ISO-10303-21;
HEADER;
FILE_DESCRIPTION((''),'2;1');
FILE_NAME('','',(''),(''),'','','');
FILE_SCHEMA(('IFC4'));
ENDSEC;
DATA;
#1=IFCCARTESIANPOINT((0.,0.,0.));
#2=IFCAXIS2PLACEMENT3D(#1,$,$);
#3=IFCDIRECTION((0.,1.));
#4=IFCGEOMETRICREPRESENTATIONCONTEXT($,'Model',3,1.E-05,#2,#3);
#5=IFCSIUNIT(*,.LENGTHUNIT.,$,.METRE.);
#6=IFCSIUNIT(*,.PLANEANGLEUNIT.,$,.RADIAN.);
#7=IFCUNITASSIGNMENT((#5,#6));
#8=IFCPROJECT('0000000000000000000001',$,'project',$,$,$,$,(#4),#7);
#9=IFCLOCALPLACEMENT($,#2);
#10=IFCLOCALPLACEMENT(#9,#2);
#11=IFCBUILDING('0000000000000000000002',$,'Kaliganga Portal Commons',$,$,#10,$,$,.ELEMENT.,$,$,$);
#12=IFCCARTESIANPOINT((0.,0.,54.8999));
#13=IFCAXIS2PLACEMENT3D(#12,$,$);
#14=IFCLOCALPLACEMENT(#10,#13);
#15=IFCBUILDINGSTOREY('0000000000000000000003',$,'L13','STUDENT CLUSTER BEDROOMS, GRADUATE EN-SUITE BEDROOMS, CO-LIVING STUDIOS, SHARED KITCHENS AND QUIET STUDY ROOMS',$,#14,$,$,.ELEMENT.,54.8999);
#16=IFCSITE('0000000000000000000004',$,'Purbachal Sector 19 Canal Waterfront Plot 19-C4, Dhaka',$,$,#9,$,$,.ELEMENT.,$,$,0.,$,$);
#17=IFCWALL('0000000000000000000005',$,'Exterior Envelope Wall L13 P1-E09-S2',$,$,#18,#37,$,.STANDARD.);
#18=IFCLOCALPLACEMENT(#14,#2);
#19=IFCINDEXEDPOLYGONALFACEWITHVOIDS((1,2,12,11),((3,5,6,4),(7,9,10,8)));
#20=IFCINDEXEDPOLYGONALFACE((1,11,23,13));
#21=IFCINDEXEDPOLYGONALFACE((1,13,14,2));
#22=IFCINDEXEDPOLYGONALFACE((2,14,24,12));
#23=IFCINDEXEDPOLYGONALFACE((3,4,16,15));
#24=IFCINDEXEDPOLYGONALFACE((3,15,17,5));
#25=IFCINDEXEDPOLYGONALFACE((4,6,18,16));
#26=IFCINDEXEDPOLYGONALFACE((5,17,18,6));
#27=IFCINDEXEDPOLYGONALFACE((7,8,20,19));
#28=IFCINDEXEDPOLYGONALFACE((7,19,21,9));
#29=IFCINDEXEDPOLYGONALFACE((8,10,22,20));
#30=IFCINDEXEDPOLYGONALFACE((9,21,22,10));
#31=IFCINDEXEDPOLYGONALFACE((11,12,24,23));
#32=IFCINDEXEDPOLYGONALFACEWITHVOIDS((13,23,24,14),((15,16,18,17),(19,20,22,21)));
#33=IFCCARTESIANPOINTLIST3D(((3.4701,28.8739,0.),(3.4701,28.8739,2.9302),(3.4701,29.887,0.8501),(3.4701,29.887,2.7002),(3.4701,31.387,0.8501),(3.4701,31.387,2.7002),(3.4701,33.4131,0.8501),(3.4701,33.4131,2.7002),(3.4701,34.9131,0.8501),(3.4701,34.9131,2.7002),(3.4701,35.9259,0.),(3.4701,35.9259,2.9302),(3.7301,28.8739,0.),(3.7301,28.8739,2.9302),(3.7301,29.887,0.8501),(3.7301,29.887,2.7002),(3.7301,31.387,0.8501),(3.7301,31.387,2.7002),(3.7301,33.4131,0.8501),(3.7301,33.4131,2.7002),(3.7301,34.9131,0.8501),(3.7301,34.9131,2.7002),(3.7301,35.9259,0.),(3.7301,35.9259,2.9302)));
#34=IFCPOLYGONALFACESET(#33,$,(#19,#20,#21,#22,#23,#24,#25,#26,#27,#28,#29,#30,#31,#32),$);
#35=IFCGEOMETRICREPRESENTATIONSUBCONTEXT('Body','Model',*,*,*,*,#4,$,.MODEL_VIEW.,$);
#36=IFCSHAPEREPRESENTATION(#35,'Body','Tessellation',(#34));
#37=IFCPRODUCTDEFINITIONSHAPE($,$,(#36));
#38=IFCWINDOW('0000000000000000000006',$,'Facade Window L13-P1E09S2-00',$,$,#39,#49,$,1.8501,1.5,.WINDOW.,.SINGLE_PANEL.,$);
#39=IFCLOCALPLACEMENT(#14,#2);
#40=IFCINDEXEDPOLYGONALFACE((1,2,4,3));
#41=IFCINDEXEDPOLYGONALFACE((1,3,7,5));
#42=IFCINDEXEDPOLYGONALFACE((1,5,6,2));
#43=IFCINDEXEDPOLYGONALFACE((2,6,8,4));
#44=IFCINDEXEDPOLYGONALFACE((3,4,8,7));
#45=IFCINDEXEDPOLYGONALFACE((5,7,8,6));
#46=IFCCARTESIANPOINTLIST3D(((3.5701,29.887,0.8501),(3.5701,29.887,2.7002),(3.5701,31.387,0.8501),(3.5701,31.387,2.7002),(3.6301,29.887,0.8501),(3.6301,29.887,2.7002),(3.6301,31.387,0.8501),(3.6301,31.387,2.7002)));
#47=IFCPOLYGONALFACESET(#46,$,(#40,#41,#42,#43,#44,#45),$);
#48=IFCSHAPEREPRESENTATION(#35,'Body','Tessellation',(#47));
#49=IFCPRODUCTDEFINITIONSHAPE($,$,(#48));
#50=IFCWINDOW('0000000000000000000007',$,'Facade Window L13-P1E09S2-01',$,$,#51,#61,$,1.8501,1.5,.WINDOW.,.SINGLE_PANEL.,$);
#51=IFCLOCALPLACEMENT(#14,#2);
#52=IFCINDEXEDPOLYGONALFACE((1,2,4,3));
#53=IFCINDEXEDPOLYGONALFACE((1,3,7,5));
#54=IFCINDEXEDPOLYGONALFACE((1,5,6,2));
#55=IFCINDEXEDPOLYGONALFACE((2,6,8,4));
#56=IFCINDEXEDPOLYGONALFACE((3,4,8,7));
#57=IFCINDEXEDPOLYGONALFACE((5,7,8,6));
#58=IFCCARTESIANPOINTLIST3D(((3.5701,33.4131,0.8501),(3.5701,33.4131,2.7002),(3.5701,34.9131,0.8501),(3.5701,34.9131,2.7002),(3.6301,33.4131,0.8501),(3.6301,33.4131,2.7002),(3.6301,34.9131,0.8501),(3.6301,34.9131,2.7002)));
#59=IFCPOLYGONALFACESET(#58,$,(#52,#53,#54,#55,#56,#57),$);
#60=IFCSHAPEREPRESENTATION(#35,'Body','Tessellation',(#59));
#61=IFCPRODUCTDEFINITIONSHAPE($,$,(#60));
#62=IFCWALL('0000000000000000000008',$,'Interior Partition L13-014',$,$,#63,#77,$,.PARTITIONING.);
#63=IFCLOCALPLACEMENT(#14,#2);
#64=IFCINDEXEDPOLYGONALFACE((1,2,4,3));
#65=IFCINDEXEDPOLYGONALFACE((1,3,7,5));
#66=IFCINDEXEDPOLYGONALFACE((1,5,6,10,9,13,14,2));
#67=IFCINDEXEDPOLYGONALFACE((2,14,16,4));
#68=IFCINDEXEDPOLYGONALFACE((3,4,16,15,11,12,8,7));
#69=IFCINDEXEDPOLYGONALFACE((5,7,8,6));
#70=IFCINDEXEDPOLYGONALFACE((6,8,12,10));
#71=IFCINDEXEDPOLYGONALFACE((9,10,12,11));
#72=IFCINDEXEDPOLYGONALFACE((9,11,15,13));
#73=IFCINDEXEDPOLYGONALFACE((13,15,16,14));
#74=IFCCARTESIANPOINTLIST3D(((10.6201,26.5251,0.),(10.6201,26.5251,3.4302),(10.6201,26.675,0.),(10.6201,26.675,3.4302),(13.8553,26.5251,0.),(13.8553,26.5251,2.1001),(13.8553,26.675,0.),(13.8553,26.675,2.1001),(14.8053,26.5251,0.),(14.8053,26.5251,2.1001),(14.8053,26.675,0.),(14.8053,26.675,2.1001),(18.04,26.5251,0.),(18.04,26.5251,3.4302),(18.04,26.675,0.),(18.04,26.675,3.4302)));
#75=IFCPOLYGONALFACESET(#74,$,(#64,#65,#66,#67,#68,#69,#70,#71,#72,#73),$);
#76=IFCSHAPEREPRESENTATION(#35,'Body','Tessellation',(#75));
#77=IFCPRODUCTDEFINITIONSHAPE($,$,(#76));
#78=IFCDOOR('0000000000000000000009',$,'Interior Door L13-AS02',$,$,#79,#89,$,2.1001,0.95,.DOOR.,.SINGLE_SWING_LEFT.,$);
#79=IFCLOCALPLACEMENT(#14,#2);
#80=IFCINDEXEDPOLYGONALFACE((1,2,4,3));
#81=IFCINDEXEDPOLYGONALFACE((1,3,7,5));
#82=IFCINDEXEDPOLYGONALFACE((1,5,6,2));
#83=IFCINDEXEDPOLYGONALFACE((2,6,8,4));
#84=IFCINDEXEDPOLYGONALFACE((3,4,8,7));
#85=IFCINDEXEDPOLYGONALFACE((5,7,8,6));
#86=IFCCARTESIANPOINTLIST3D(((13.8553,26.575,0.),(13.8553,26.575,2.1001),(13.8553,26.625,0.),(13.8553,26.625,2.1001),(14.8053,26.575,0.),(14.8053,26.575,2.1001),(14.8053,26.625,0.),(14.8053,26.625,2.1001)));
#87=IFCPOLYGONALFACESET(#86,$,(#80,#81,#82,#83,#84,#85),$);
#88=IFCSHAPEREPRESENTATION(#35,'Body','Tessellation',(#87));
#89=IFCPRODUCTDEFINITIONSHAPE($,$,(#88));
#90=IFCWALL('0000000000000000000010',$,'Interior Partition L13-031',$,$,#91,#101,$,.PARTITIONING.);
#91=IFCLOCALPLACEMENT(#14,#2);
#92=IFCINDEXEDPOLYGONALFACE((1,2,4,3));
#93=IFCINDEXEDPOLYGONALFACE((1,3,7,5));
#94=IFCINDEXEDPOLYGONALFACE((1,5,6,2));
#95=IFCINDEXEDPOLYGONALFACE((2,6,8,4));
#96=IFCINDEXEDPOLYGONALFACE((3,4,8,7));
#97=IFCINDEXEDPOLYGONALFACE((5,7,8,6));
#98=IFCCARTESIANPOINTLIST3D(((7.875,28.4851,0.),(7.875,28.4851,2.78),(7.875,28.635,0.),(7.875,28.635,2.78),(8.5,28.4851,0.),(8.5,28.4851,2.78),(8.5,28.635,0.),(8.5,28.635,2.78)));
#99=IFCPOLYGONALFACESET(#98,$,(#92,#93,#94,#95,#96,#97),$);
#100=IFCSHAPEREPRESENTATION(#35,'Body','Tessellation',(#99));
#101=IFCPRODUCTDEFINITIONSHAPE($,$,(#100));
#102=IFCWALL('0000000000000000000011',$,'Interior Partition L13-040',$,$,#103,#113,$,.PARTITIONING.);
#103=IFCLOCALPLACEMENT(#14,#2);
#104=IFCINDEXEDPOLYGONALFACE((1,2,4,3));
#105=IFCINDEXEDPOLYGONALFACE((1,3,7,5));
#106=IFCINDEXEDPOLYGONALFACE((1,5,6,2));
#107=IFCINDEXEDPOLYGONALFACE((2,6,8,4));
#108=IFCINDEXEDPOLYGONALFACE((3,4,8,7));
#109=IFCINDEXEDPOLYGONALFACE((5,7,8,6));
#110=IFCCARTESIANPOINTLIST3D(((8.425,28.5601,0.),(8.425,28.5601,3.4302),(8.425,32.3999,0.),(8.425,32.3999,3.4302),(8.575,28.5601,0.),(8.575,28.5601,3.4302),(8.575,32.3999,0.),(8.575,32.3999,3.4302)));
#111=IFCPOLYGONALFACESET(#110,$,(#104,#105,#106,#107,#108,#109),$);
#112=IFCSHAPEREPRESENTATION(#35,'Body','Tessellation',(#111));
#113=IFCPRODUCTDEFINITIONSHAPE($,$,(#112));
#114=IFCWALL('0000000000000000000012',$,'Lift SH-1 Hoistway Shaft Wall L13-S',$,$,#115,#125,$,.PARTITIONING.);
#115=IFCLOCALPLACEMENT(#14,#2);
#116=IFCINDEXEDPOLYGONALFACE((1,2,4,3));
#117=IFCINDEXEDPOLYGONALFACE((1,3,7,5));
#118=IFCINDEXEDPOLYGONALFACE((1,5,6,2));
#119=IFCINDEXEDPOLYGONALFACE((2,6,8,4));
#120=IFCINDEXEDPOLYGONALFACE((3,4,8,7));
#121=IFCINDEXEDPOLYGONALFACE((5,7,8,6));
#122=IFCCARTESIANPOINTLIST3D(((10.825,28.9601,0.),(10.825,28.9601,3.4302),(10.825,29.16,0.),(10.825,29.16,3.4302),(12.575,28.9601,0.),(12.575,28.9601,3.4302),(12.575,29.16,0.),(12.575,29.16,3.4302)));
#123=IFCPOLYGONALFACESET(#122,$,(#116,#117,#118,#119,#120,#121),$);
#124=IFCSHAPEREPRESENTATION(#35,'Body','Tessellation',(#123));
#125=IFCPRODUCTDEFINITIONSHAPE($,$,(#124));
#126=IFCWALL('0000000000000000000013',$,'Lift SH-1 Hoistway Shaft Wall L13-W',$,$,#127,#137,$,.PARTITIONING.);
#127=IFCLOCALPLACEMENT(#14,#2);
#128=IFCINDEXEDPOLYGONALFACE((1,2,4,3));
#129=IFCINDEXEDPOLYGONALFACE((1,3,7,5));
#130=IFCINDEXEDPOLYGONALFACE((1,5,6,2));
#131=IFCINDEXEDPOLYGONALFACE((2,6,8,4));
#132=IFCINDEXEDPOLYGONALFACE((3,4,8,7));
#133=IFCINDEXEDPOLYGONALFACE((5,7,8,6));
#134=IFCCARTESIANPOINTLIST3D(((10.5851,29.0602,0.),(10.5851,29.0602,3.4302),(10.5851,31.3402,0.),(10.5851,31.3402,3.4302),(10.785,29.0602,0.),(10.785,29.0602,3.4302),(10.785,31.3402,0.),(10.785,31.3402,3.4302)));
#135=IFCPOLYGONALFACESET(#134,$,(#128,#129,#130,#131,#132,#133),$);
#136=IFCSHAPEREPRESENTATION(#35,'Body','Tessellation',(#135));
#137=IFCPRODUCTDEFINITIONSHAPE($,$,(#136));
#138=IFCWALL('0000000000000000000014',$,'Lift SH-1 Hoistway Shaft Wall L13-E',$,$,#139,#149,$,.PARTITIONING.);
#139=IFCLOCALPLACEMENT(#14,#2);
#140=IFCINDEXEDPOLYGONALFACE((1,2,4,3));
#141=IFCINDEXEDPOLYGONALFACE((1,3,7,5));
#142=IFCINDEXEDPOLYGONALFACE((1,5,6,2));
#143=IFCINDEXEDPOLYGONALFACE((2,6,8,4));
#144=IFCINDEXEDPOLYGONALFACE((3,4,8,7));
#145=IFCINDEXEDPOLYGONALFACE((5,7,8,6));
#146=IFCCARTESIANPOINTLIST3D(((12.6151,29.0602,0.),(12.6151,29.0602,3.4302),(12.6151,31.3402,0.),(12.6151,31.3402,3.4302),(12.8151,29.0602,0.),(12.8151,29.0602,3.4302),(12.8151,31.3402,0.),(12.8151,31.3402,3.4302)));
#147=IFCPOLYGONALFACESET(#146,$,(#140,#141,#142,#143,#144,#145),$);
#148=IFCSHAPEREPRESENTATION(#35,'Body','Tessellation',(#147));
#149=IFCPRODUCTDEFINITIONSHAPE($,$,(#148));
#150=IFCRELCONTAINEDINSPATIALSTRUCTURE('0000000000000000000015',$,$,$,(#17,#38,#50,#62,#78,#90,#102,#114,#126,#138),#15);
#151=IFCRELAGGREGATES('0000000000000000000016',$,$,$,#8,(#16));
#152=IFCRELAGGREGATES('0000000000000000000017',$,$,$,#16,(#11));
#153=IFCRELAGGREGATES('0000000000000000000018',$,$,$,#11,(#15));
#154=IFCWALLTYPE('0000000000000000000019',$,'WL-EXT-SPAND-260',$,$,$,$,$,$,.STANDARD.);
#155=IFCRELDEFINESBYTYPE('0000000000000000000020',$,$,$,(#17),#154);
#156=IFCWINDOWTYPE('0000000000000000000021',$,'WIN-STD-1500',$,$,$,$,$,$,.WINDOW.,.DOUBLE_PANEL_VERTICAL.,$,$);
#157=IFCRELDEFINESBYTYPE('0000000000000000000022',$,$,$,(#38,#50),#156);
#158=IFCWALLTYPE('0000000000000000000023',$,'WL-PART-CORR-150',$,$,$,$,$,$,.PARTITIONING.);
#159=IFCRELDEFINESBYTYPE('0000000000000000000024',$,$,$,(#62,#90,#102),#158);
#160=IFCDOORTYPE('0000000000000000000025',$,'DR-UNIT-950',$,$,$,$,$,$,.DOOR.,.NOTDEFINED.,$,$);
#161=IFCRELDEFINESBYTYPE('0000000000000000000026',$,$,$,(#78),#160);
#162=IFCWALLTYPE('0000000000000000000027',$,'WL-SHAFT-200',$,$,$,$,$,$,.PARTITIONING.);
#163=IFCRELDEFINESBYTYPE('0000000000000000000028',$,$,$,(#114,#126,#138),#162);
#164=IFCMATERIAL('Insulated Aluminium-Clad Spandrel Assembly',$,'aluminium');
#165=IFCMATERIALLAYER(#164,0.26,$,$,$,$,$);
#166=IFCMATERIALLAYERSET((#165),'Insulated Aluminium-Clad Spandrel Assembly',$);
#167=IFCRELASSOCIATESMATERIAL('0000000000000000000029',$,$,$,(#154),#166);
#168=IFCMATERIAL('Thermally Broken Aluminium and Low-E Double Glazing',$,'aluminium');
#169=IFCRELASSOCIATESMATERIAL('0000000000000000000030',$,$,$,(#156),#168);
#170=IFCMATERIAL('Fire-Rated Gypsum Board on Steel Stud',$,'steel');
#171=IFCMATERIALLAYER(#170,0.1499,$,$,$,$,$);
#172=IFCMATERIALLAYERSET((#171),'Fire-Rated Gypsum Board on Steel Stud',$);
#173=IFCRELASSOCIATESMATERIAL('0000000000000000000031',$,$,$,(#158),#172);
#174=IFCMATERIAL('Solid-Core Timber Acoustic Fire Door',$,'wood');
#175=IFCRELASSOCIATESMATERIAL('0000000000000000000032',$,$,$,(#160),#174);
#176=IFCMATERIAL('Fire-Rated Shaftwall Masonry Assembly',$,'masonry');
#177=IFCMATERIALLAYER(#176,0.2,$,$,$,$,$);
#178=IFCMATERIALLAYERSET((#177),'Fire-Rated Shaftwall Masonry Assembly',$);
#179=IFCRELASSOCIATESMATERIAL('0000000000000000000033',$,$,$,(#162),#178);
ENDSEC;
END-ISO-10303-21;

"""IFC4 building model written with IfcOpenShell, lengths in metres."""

from ifc_helpers import new_model, si_unit, direction, frame, frame_2d, origin, place, context, subcontext, project, spatial, rectangle, extrude, material, layer, layer_set, type_object, element, fill, save


model = new_model("IFC4")

# Units and contexts
model_context = context("Model", 3, precision=1e-05, world=origin(), true_north=direction((0.0, 1.0)))
body_context = subcontext(model_context, "Body", "Model", "MODEL_VIEW")
ifc_project = project(units=[si_unit("LENGTHUNIT", "METRE"), si_unit("PLANEANGLEUNIT", "RADIAN")], contexts=[model_context])

# Site, building, storey
site_placement = place(None, origin())
site = spatial("IfcSite", under=ifc_project, at=site_placement, Name="Purbachal Sector 19 Canal Waterfront Plot 19-C4, Dhaka", CompositionType="ELEMENT", RefElevation=0.0)
building_placement = place(site_placement, origin())
building = spatial("IfcBuilding", under=site, at=building_placement, Name="Kaliganga Portal Commons", CompositionType="ELEMENT")
storey_placement = place(building_placement, frame((0.0, 0.0, 54.8999)))
storey = spatial("IfcBuildingStorey", under=building, at=storey_placement, Name="L13", Description="STUDENT CLUSTER BEDROOMS, GRADUATE EN-SUITE BEDROOMS, CO-LIVING STUDIOS, SHARED KITCHENS AND QUIET STUDY ROOMS", CompositionType="ELEMENT", Elevation=54.8999)

# Wall, openings, windows
ifc_material_1 = material(Name="Insulated Aluminium-Clad Spandrel Assembly", Category="aluminium")
ifc_layer_1 = layer(ifc_material_1, 0.26)
ifc_layer_set_1 = layer_set([ifc_layer_1], Name="Insulated Aluminium-Clad Spandrel Assembly")
wall_type_1 = type_object("IfcWallType", Name="WL-EXT-SPAND-260", PredefinedType="STANDARD", material=ifc_layer_set_1)
wall_1_placement = place(storey_placement, frame((3.6001, 28.874, 0.0), z_axis=(0.0, 0.0, 1.0), x_axis=(0.0, 1.0, 0.0)))
wall_1 = element("IfcWall", 1, at=wall_1_placement, inside=storey, type_object=wall_type_1, Name="Exterior Envelope Wall L13 P1-E09-S2", PredefinedType="STANDARD", context=body_context, shape_type="SweptSolid", body=[
    extrude(rectangle(XDim=7.052, YDim=0.26, at=frame_2d((3.5259, 0.0))), origin(), (0.0, 0.0, 1.0), 2.9302),
])
opening_1_placement = place(wall_1_placement, frame((1.0129, 0.0, 0.8501)))
opening_1 = element("IfcOpeningElement", 2, at=opening_1_placement, cuts=wall_1, PredefinedType="OPENING", context=body_context, shape_type="SweptSolid", body=[
    extrude(rectangle(XDim=1.5, YDim=1.8501, at=frame_2d((0.75, 0.925))), frame((0.0, 0.1401, 0.0), z_axis=(0.0, -1.0, 0.0), x_axis=(1.0, 0.0, 0.0)), (0.0, 0.0, 1.0), 0.28),
])
opening_2_placement = place(wall_1_placement, frame((4.5391, 0.0, 0.8501)))
opening_2 = element("IfcOpeningElement", 3, at=opening_2_placement, cuts=wall_1, PredefinedType="OPENING", context=body_context, shape_type="SweptSolid", body=[
    extrude(rectangle(XDim=1.5, YDim=1.8501, at=frame_2d((0.75, 0.925))), frame((0.0, 0.1401, 0.0), z_axis=(0.0, -1.0, 0.0), x_axis=(1.0, 0.0, 0.0)), (0.0, 0.0, 1.0), 0.28),
])
ifc_material_2 = material(Name="Thermally Broken Aluminium and Low-E Double Glazing", Category="aluminium")
window_type = type_object("IfcWindowType", Name="WIN-STD-1500", PartitioningType="DOUBLE_PANEL_VERTICAL", PredefinedType="WINDOW", material=ifc_material_2)
window_1_placement = place(opening_1_placement, origin())
window_1 = element("IfcWindow", 4, at=window_1_placement, inside=storey, type_object=window_type, Name="Facade Window L13-P1E09S2-00", OverallHeight=1.8501, OverallWidth=1.5, PartitioningType="SINGLE_PANEL", PredefinedType="WINDOW", context=body_context, shape_type="SweptSolid", body=[
    extrude(rectangle(XDim=1.5, YDim=1.8501, at=frame_2d((0.75, 0.925))), frame((0.0, 0.03, 0.0), z_axis=(0.0, -1.0, 0.0), x_axis=(1.0, 0.0, 0.0)), (0.0, 0.0, 1.0), 0.0601),
])
fill(opening_1, window_1)
window_2_placement = place(opening_2_placement, origin())
window_2 = element("IfcWindow", 5, at=window_2_placement, inside=storey, type_object=window_type, Name="Facade Window L13-P1E09S2-01", OverallHeight=1.8501, OverallWidth=1.5, PartitioningType="SINGLE_PANEL", PredefinedType="WINDOW", context=body_context, shape_type="SweptSolid", body=[
    extrude(rectangle(XDim=1.5, YDim=1.8501, at=frame_2d((0.75, 0.925))), frame((0.0, 0.03, 0.0), z_axis=(0.0, -1.0, 0.0), x_axis=(1.0, 0.0, 0.0)), (0.0, 0.0, 1.0), 0.0601),
])
fill(opening_2, window_2)

# Wall, opening, door
ifc_material_3 = material(Name="Fire-Rated Gypsum Board on Steel Stud", Category="steel")
ifc_layer_2 = layer(ifc_material_3, 0.1499)
ifc_layer_set_2 = layer_set([ifc_layer_2], Name="Fire-Rated Gypsum Board on Steel Stud")
wall_type_2 = type_object("IfcWallType", Name="WL-PART-CORR-150", PredefinedType="PARTITIONING", material=ifc_layer_set_2)
wall_2_placement = place(storey_placement, frame((10.6201, 26.6001, 0.0), z_axis=(0.0, 0.0, 1.0), x_axis=(1.0, 0.0, 0.0)))
wall_2 = element("IfcWall", 6, at=wall_2_placement, inside=storey, type_object=wall_type_2, Name="Interior Partition L13-014", PredefinedType="PARTITIONING", context=body_context, shape_type="SweptSolid", body=[
    extrude(rectangle(XDim=7.4199, YDim=0.1499, at=frame_2d((3.71, 0.0))), origin(), (0.0, 0.0, 1.0), 3.4302),
])
opening_3_placement = place(wall_2_placement, frame((3.2351, 0.0, 0.0)))
opening_3 = element("IfcOpeningElement", 7, at=opening_3_placement, cuts=wall_2, PredefinedType="OPENING", context=body_context, shape_type="SweptSolid", body=[
    extrude(rectangle(XDim=0.95, YDim=2.1001, at=frame_2d((0.4751, 1.05))), frame((0.0, 0.085, 0.0), z_axis=(0.0, -1.0, 0.0), x_axis=(1.0, 0.0, 0.0)), (0.0, 0.0, 1.0), 0.1699),
])
ifc_material_4 = material(Name="Solid-Core Timber Acoustic Fire Door", Category="wood")
door_type_1 = type_object("IfcDoorType", Name="DR-UNIT-950", OperationType="NOTDEFINED", PredefinedType="DOOR", material=ifc_material_4)
door_1_placement = place(opening_3_placement, origin())
door_1 = element("IfcDoor", 8, at=door_1_placement, inside=storey, type_object=door_type_1, Name="Interior Door L13-AS02", OperationType="SINGLE_SWING_LEFT", OverallHeight=2.1001, OverallWidth=0.95, PredefinedType="DOOR", context=body_context, shape_type="SweptSolid", body=[
    extrude(rectangle(XDim=0.95, YDim=2.1001, at=frame_2d((0.4751, 1.05))), frame((0.0, 0.0249, 0.0), z_axis=(0.0, -1.0, 0.0), x_axis=(1.0, 0.0, 0.0)), (0.0, 0.0, 1.0), 0.05),
])
fill(opening_3, door_1)

# Walls
wall_3_placement = place(storey_placement, frame((7.875, 28.5601, 0.0), z_axis=(0.0, 0.0, 1.0), x_axis=(1.0, 0.0, 0.0)))
element("IfcWall", 9, at=wall_3_placement, inside=storey, type_object=wall_type_2, Name="Interior Partition L13-031", PredefinedType="PARTITIONING", context=body_context, shape_type="SweptSolid", body=[
    extrude(rectangle(XDim=0.625, YDim=0.1499, at=frame_2d((0.3125, 0.0))), origin(), (0.0, 0.0, 1.0), 2.78),
])
wall_4_placement = place(storey_placement, frame((8.5, 28.5601, 0.0), z_axis=(0.0, 0.0, 1.0), x_axis=(0.0, 1.0, 0.0)))
element("IfcWall", 10, at=wall_4_placement, inside=storey, type_object=wall_type_2, Name="Interior Partition L13-040", PredefinedType="PARTITIONING", context=body_context, shape_type="SweptSolid", body=[
    extrude(rectangle(XDim=3.8398, YDim=0.1499, at=frame_2d((1.9199, 0.0))), origin(), (0.0, 0.0, 1.0), 3.4302),
])
ifc_material_5 = material(Name="Fire-Rated Shaftwall Masonry Assembly", Category="masonry")
ifc_layer_3 = layer(ifc_material_5, 0.2)
ifc_layer_set_3 = layer_set([ifc_layer_3], Name="Fire-Rated Shaftwall Masonry Assembly")
wall_type_3 = type_object("IfcWallType", Name="WL-SHAFT-200", PredefinedType="PARTITIONING", material=ifc_layer_set_3)
wall_5_placement = place(storey_placement, frame((10.825, 29.0601, 0.0), z_axis=(0.0, 0.0, 1.0), x_axis=(1.0, 0.0, 0.0)))
element("IfcWall", 11, at=wall_5_placement, inside=storey, type_object=wall_type_3, Name="Lift SH-1 Hoistway Shaft Wall L13-S", PredefinedType="PARTITIONING", context=body_context, shape_type="SweptSolid", body=[
    extrude(rectangle(XDim=1.75, YDim=0.2, at=frame_2d((0.875, 0.0))), origin(), (0.0, 0.0, 1.0), 3.4302),
])
for number, where, z_axis, x_axis, name in (
    (12, (10.6851, 29.0601, 0.0), (0.0, 0.0, 1.0), (0.0, 1.0, 0.0), "Lift SH-1 Hoistway Shaft Wall L13-W"),
    (13, (12.7151, 29.0601, 0.0), (0.0, 0.0, 1.0), (0.0, 1.0, 0.0), "Lift SH-1 Hoistway Shaft Wall L13-E"),
):
    element("IfcWall", number, at=place(storey_placement, frame(where, z_axis=z_axis, x_axis=x_axis)), inside=storey, type_object=wall_type_3, Name=name, PredefinedType="PARTITIONING", context=body_context, shape_type="SweptSolid", body=[
        extrude(rectangle(XDim=2.28, YDim=0.2, at=frame_2d((1.1401, 0.0))), origin(), (0.0, 0.0, 1.0), 3.4302),
    ])

save(model, "model.ifc")
